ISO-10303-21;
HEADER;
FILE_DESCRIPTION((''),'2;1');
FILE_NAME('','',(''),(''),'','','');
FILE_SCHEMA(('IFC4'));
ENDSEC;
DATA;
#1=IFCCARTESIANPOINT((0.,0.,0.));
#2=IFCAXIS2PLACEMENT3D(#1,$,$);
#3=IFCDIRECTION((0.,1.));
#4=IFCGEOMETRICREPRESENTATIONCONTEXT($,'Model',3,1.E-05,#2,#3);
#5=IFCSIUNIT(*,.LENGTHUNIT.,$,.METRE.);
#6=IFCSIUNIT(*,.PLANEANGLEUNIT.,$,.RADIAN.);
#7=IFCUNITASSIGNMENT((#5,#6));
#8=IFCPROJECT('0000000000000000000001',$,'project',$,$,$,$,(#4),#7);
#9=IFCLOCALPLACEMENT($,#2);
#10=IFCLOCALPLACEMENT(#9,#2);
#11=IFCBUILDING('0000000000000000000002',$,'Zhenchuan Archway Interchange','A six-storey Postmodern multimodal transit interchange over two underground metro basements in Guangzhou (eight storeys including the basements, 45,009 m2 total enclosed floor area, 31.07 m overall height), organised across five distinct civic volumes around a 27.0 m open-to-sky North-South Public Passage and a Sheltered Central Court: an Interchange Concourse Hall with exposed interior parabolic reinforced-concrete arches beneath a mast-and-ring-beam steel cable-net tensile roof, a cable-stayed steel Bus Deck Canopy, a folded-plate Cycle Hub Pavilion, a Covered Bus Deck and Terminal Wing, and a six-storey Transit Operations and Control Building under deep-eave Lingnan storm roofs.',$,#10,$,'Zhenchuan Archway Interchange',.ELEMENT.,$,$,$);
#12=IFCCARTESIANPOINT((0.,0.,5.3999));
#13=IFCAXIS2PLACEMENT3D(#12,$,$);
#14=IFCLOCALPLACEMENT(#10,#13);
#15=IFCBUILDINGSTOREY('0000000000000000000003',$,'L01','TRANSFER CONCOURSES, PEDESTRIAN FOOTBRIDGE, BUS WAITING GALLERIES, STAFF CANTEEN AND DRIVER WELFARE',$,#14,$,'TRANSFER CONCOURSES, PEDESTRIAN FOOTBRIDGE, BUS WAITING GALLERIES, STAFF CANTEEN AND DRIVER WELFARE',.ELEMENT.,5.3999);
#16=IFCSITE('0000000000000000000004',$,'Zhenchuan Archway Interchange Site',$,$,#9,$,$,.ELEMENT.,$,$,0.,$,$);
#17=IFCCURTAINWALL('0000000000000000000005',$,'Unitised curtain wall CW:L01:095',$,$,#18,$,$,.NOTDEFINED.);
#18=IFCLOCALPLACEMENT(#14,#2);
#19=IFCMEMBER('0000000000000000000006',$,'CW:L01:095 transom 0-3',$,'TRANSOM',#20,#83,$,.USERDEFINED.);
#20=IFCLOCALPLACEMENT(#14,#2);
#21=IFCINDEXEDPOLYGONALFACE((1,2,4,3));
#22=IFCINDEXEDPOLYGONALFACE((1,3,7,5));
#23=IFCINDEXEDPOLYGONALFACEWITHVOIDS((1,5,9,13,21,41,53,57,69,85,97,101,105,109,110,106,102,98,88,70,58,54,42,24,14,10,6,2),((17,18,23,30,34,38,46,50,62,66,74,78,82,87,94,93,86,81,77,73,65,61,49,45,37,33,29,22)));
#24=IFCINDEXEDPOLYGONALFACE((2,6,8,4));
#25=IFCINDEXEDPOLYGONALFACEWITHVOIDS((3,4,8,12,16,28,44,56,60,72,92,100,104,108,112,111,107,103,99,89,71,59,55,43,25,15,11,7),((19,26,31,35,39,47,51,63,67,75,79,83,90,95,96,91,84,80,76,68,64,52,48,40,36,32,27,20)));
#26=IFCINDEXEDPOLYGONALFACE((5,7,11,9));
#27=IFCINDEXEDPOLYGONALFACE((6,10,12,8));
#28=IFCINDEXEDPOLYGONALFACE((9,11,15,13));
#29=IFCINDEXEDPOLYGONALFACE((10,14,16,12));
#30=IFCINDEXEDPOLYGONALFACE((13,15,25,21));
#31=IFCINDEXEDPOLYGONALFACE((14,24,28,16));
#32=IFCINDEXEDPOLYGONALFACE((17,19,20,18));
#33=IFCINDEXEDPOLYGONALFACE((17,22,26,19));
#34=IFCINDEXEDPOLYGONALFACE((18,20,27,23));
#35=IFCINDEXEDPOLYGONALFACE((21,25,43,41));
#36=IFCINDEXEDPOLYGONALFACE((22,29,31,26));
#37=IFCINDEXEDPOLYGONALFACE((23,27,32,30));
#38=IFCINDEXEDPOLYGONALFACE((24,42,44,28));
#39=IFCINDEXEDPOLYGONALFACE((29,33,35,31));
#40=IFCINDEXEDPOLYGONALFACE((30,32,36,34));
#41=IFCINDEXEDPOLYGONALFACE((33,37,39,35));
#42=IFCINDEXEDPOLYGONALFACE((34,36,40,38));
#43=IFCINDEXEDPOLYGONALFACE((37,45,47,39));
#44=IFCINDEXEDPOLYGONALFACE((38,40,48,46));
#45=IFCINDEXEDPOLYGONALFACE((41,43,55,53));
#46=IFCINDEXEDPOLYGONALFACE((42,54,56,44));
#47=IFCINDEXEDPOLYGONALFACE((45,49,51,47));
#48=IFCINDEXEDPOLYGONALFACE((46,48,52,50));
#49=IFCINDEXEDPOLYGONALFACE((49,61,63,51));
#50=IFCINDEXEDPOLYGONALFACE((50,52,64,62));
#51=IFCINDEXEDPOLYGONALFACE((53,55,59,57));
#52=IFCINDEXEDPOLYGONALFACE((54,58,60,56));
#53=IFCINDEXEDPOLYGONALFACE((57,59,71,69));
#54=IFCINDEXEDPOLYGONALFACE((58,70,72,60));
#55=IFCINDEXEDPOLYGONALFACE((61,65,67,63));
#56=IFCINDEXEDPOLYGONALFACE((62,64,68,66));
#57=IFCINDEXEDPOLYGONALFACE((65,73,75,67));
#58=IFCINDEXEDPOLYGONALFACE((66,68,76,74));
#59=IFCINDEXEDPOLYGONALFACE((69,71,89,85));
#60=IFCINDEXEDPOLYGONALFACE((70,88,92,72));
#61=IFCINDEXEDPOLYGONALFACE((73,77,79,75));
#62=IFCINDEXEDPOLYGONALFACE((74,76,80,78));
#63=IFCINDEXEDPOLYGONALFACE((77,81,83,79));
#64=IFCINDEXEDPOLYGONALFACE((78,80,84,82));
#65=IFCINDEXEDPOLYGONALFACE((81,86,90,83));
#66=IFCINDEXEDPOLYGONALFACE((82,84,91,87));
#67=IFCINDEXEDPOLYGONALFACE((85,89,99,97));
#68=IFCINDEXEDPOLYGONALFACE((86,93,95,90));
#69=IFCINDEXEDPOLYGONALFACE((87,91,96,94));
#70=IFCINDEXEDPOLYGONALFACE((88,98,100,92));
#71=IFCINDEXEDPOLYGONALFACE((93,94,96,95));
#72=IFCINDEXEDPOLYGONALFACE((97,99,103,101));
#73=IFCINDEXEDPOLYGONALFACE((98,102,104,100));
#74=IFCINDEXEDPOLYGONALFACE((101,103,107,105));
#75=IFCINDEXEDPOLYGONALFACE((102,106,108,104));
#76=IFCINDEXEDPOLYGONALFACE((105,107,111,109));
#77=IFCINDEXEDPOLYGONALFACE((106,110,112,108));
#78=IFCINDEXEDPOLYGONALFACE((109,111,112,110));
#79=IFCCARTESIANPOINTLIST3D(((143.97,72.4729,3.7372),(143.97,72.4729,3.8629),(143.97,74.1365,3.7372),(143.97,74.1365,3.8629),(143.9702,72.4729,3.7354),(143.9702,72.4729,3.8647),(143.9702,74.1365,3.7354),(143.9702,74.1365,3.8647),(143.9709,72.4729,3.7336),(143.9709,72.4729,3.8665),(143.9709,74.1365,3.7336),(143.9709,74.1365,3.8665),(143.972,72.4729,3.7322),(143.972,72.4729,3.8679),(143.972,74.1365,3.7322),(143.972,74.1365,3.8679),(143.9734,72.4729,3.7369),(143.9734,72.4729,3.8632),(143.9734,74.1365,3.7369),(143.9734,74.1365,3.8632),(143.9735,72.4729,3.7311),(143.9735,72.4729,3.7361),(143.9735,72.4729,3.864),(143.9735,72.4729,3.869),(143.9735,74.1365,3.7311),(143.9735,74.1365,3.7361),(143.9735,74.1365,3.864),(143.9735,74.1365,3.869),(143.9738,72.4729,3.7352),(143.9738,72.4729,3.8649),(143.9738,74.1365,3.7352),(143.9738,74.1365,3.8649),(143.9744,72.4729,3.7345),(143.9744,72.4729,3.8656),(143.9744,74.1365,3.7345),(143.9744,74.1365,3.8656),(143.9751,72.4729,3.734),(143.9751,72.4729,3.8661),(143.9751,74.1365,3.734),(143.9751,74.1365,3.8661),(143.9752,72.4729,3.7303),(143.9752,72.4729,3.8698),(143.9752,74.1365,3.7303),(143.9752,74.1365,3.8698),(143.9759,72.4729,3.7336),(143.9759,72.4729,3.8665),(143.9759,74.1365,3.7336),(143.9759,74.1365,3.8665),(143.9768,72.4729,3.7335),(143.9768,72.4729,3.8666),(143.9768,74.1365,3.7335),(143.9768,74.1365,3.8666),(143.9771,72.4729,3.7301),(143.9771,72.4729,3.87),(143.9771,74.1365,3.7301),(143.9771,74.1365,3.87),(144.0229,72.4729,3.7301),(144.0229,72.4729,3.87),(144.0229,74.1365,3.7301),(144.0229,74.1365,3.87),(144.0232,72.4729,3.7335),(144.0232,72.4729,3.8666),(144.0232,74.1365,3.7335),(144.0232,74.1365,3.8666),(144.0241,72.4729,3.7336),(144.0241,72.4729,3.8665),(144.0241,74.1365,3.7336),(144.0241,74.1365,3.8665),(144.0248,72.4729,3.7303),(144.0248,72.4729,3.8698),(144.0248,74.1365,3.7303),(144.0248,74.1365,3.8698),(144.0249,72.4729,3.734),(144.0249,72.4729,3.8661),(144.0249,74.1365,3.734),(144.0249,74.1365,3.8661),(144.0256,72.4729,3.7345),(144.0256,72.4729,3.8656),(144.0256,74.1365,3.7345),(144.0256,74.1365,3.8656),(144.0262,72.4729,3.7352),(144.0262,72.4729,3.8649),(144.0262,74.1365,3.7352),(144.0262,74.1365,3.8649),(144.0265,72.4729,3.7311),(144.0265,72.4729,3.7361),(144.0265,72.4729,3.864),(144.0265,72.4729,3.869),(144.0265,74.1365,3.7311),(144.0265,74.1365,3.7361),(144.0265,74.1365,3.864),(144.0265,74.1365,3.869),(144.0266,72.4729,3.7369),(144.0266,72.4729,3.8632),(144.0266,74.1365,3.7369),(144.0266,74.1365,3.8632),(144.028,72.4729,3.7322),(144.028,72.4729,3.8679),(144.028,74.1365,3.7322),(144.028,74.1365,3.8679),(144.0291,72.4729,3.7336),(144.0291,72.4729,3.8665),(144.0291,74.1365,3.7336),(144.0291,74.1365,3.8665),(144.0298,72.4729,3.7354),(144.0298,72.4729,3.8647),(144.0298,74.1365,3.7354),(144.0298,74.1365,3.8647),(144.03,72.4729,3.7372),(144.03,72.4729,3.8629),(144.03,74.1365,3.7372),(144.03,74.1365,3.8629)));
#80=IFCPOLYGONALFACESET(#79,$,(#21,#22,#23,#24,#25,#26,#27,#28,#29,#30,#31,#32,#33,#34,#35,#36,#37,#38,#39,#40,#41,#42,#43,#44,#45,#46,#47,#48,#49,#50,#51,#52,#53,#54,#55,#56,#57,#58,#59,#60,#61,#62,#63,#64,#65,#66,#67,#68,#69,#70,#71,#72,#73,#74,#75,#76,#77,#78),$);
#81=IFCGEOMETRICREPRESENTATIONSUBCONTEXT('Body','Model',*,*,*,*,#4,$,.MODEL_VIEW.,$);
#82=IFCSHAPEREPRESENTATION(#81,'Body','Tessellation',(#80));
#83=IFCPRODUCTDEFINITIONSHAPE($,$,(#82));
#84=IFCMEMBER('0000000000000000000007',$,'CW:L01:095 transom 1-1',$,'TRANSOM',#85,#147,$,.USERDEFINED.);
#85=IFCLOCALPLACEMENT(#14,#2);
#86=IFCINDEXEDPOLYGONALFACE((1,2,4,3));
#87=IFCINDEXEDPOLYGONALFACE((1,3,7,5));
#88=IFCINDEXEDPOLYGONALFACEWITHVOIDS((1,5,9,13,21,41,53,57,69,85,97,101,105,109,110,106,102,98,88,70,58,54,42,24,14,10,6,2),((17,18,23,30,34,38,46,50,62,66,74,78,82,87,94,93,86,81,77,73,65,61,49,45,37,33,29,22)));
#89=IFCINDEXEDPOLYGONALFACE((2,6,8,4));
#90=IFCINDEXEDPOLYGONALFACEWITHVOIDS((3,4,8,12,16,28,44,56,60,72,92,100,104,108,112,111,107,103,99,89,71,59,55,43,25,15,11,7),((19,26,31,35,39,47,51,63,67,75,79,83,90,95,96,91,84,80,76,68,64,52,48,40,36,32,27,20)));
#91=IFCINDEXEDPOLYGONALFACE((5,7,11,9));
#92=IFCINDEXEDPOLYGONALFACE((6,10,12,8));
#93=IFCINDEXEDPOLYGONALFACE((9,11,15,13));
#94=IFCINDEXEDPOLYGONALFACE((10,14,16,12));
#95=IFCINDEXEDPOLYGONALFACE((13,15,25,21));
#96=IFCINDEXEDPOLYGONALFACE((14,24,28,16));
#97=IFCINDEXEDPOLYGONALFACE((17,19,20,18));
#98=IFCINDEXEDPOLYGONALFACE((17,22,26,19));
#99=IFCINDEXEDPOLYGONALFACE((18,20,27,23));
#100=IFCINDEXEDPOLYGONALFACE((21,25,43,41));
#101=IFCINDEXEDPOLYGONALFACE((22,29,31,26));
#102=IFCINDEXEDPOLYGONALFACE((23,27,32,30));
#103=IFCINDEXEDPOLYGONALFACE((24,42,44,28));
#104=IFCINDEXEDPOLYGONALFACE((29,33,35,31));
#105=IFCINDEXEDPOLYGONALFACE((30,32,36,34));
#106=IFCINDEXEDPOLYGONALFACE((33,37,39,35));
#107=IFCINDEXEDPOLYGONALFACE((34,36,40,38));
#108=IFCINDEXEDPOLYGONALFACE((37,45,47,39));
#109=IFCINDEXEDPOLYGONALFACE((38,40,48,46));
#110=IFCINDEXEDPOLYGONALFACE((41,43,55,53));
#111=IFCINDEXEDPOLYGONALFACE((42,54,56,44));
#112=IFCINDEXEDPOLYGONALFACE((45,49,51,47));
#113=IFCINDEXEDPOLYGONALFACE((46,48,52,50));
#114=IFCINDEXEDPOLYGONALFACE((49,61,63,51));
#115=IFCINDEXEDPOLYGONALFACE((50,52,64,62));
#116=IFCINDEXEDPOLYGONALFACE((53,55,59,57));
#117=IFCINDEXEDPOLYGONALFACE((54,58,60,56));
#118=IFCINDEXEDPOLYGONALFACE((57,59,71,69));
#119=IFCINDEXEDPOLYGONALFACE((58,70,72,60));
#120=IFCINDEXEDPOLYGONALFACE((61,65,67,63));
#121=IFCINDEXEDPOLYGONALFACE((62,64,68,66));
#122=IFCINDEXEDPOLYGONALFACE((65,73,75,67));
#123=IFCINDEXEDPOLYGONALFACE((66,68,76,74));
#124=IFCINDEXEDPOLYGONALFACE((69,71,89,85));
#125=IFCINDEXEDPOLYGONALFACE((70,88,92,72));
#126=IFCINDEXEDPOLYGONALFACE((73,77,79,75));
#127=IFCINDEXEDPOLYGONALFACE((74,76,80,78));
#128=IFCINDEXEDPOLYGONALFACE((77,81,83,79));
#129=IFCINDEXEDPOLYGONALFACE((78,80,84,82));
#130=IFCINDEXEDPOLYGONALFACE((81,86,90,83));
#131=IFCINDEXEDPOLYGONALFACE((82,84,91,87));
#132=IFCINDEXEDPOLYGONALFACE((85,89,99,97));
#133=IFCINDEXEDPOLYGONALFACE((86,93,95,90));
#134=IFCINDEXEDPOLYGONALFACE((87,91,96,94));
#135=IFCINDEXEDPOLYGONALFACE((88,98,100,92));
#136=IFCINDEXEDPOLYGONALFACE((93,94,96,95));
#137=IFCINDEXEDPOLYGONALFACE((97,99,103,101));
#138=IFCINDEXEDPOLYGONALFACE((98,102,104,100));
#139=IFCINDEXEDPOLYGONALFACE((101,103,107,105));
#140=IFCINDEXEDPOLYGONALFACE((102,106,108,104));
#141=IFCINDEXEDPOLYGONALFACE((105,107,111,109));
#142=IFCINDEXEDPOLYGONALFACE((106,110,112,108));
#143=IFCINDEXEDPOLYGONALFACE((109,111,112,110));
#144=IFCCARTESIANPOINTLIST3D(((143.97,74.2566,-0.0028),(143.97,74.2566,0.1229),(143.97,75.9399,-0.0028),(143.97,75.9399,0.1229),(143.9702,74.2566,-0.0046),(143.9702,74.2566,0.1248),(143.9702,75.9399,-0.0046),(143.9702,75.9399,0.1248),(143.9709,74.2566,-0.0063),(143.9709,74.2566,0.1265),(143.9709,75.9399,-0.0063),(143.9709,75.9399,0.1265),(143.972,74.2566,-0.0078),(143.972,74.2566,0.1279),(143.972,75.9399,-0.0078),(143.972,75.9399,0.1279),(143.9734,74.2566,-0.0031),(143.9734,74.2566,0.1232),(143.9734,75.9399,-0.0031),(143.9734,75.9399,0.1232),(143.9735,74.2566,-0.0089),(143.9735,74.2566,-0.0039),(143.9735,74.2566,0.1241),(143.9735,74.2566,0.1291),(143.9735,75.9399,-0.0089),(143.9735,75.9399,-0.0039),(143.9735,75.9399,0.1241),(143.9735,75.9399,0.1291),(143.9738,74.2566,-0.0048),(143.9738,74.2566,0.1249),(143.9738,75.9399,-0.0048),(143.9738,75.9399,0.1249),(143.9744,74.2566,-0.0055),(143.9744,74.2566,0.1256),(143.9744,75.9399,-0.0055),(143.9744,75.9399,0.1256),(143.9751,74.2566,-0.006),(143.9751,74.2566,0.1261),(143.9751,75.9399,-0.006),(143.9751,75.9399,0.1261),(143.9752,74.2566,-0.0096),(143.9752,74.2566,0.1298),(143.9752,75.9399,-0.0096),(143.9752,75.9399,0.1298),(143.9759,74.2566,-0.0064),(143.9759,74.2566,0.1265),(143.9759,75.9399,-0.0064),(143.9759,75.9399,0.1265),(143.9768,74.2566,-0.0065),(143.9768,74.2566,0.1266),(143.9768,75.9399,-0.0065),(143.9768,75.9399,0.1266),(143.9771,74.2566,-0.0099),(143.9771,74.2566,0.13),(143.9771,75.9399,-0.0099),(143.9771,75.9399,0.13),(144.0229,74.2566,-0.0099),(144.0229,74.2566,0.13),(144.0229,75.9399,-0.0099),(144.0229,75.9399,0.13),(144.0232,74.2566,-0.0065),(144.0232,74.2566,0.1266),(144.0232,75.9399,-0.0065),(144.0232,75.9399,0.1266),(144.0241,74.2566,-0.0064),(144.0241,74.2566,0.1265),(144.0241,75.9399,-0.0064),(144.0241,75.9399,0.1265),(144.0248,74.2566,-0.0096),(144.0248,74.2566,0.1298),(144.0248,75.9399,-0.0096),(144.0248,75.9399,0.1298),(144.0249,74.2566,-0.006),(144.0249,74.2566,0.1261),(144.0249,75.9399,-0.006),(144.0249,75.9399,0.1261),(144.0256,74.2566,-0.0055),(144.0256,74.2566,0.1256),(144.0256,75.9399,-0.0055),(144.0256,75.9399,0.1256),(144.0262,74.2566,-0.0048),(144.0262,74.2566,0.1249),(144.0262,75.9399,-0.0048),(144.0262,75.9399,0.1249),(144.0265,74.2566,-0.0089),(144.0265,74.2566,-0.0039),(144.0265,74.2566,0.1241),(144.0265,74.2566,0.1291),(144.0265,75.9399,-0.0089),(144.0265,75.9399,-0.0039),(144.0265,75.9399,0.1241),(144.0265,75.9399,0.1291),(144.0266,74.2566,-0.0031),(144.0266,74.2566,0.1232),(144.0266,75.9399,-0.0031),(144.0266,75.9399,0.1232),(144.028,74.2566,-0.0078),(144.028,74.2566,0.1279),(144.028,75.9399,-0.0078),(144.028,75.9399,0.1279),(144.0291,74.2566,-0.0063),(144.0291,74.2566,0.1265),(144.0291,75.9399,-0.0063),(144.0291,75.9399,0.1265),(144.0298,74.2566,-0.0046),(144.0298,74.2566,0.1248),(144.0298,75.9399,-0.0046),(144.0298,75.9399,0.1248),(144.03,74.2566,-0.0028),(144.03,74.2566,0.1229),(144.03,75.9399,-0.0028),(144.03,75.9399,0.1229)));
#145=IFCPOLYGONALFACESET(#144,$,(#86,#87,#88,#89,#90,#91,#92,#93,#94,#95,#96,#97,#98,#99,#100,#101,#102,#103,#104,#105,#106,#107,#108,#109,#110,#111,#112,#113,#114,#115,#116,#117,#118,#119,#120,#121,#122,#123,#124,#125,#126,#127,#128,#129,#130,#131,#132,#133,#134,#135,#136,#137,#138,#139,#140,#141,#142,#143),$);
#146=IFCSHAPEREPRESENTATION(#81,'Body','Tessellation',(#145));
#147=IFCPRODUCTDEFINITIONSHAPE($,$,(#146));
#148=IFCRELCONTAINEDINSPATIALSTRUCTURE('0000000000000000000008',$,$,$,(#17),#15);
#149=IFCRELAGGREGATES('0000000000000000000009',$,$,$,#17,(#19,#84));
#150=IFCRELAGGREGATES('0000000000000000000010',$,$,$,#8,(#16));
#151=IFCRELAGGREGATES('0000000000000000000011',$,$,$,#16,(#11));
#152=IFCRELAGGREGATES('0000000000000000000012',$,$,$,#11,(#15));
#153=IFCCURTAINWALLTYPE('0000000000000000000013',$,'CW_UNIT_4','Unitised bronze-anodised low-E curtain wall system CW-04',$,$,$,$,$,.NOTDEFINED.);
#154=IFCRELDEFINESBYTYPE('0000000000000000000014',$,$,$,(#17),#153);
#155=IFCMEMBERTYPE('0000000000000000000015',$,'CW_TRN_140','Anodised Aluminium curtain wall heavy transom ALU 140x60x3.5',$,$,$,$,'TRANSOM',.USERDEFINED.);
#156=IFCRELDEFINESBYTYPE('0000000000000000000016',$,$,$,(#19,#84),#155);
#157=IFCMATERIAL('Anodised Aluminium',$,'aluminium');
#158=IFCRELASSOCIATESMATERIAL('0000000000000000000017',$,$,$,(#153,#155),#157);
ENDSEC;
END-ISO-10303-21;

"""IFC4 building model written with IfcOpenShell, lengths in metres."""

from ifc_helpers import new_model, si_unit, direction, frame, origin, origin_2d, place, context, subcontext, project, spatial, hollow_rectangle, extrude, material, material_profile, profile_set, type_object, element, aggregate, save


model = new_model("IFC4")

# Units and contexts
model_context = context("Model", 3, precision=1e-05, world=origin(), true_north=direction((0.0, 1.0)))
body_context = subcontext(model_context, "Body", "Model", "MODEL_VIEW")
ifc_project = project(units=[si_unit("LENGTHUNIT", "METRE"), si_unit("PLANEANGLEUNIT", "RADIAN")], contexts=[model_context])

# Site, building, storey
site_placement = place(None, origin())
site = spatial("IfcSite", under=ifc_project, at=site_placement, Name="Zhenchuan Archway Interchange Site", CompositionType="ELEMENT", RefElevation=0.0)
building_placement = place(site_placement, origin())
building = spatial("IfcBuilding", under=site, at=building_placement, Name="Zhenchuan Archway Interchange", Description="A six-storey Postmodern multimodal transit interchange over two underground metro basements in Guangzhou (eight storeys including the basements, 45,009 m2 total enclosed floor area, 31.07 m overall height), organised across five distinct civic volumes around a 27.0 m open-to-sky North-South Public Passage and a Sheltered Central Court: an Interchange Concourse Hall with exposed interior parabolic reinforced-concrete arches beneath a mast-and-ring-beam steel cable-net tensile roof, a cable-stayed steel Bus Deck Canopy, a folded-plate Cycle Hub Pavilion, a Covered Bus Deck and Terminal Wing, and a six-storey Transit Operations and Control Building under deep-eave Lingnan storm roofs.", LongName="Zhenchuan Archway Interchange", CompositionType="ELEMENT")
storey_placement = place(building_placement, frame((0.0, 0.0, 5.3999)))
storey = spatial("IfcBuildingStorey", under=building, at=storey_placement, Name="L01", Description="TRANSFER CONCOURSES, PEDESTRIAN FOOTBRIDGE, BUS WAITING GALLERIES, STAFF CANTEEN AND DRIVER WELFARE", LongName="TRANSFER CONCOURSES, PEDESTRIAN FOOTBRIDGE, BUS WAITING GALLERIES, STAFF CANTEEN AND DRIVER WELFARE", CompositionType="ELEMENT", Elevation=5.3999)

# Curtain wall
ifc_material_1 = material(Name="Anodised Aluminium", Category="aluminium")
curtain_wall_type_1 = type_object("IfcCurtainWallType", Name="CW_UNIT_4", Description="Unitised bronze-anodised low-E curtain wall system CW-04", PredefinedType="NOTDEFINED", material=ifc_material_1)
curtain_wall_1_placement = place(storey_placement, origin())
curtain_wall_1 = element("IfcCurtainWall", 1, at=curtain_wall_1_placement, inside=storey, type_object=curtain_wall_type_1, Name="Unitised curtain wall CW:L01:095", PredefinedType="NOTDEFINED")

# Members
ifc_material_profile_1 = material_profile(ifc_material_1, hollow_rectangle(XDim=0.0601, YDim=0.1399, WallThickness=0.0034, InnerFilletRadius=0.0034, OuterFilletRadius=0.0071, at=origin_2d()), Name="ALU 140x60x3.5")
ifc_profile_set_1 = profile_set([ifc_material_profile_1], Name="Anodised Aluminium")
member_type_1 = type_object("IfcMemberType", Name="CW_TRN_140", Description="Anodised Aluminium curtain wall heavy transom ALU 140x60x3.5", ElementType="TRANSOM", PredefinedType="USERDEFINED", material=ifc_profile_set_1)
member_1_placement = place(storey_placement, frame((144.0, 72.4729, 3.8), z_axis=(0.0, 1.0, 0.0), x_axis=(-1.0, 0.0, 0.0)))
member_1 = element("IfcMember", 2, at=member_1_placement, type_object=member_type_1, Name="CW:L01:095 transom 0-3", ObjectType="TRANSOM", PredefinedType="USERDEFINED", context=body_context, shape_type="SweptSolid", body=[
    extrude(hollow_rectangle(XDim=0.0601, YDim=0.1399, WallThickness=0.0034, InnerFilletRadius=0.0034, OuterFilletRadius=0.0071, at=origin_2d()), origin(), (0.0, 0.0, 1.0), 1.6636),
])
member_2_placement = place(storey_placement, frame((144.0, 74.2566, 0.0601), z_axis=(0.0, 1.0, 0.0), x_axis=(-1.0, 0.0, 0.0)))
member_2 = element("IfcMember", 3, at=member_2_placement, type_object=member_type_1, Name="CW:L01:095 transom 1-1", ObjectType="TRANSOM", PredefinedType="USERDEFINED", context=body_context, shape_type="SweptSolid", body=[
    extrude(hollow_rectangle(XDim=0.0601, YDim=0.1399, WallThickness=0.0034, InnerFilletRadius=0.0034, OuterFilletRadius=0.0071, at=origin_2d()), origin(), (0.0, 0.0, 1.0), 1.6833),
])

aggregate(curtain_wall_1, [member_1, member_2])

save(model, "model.ifc")
